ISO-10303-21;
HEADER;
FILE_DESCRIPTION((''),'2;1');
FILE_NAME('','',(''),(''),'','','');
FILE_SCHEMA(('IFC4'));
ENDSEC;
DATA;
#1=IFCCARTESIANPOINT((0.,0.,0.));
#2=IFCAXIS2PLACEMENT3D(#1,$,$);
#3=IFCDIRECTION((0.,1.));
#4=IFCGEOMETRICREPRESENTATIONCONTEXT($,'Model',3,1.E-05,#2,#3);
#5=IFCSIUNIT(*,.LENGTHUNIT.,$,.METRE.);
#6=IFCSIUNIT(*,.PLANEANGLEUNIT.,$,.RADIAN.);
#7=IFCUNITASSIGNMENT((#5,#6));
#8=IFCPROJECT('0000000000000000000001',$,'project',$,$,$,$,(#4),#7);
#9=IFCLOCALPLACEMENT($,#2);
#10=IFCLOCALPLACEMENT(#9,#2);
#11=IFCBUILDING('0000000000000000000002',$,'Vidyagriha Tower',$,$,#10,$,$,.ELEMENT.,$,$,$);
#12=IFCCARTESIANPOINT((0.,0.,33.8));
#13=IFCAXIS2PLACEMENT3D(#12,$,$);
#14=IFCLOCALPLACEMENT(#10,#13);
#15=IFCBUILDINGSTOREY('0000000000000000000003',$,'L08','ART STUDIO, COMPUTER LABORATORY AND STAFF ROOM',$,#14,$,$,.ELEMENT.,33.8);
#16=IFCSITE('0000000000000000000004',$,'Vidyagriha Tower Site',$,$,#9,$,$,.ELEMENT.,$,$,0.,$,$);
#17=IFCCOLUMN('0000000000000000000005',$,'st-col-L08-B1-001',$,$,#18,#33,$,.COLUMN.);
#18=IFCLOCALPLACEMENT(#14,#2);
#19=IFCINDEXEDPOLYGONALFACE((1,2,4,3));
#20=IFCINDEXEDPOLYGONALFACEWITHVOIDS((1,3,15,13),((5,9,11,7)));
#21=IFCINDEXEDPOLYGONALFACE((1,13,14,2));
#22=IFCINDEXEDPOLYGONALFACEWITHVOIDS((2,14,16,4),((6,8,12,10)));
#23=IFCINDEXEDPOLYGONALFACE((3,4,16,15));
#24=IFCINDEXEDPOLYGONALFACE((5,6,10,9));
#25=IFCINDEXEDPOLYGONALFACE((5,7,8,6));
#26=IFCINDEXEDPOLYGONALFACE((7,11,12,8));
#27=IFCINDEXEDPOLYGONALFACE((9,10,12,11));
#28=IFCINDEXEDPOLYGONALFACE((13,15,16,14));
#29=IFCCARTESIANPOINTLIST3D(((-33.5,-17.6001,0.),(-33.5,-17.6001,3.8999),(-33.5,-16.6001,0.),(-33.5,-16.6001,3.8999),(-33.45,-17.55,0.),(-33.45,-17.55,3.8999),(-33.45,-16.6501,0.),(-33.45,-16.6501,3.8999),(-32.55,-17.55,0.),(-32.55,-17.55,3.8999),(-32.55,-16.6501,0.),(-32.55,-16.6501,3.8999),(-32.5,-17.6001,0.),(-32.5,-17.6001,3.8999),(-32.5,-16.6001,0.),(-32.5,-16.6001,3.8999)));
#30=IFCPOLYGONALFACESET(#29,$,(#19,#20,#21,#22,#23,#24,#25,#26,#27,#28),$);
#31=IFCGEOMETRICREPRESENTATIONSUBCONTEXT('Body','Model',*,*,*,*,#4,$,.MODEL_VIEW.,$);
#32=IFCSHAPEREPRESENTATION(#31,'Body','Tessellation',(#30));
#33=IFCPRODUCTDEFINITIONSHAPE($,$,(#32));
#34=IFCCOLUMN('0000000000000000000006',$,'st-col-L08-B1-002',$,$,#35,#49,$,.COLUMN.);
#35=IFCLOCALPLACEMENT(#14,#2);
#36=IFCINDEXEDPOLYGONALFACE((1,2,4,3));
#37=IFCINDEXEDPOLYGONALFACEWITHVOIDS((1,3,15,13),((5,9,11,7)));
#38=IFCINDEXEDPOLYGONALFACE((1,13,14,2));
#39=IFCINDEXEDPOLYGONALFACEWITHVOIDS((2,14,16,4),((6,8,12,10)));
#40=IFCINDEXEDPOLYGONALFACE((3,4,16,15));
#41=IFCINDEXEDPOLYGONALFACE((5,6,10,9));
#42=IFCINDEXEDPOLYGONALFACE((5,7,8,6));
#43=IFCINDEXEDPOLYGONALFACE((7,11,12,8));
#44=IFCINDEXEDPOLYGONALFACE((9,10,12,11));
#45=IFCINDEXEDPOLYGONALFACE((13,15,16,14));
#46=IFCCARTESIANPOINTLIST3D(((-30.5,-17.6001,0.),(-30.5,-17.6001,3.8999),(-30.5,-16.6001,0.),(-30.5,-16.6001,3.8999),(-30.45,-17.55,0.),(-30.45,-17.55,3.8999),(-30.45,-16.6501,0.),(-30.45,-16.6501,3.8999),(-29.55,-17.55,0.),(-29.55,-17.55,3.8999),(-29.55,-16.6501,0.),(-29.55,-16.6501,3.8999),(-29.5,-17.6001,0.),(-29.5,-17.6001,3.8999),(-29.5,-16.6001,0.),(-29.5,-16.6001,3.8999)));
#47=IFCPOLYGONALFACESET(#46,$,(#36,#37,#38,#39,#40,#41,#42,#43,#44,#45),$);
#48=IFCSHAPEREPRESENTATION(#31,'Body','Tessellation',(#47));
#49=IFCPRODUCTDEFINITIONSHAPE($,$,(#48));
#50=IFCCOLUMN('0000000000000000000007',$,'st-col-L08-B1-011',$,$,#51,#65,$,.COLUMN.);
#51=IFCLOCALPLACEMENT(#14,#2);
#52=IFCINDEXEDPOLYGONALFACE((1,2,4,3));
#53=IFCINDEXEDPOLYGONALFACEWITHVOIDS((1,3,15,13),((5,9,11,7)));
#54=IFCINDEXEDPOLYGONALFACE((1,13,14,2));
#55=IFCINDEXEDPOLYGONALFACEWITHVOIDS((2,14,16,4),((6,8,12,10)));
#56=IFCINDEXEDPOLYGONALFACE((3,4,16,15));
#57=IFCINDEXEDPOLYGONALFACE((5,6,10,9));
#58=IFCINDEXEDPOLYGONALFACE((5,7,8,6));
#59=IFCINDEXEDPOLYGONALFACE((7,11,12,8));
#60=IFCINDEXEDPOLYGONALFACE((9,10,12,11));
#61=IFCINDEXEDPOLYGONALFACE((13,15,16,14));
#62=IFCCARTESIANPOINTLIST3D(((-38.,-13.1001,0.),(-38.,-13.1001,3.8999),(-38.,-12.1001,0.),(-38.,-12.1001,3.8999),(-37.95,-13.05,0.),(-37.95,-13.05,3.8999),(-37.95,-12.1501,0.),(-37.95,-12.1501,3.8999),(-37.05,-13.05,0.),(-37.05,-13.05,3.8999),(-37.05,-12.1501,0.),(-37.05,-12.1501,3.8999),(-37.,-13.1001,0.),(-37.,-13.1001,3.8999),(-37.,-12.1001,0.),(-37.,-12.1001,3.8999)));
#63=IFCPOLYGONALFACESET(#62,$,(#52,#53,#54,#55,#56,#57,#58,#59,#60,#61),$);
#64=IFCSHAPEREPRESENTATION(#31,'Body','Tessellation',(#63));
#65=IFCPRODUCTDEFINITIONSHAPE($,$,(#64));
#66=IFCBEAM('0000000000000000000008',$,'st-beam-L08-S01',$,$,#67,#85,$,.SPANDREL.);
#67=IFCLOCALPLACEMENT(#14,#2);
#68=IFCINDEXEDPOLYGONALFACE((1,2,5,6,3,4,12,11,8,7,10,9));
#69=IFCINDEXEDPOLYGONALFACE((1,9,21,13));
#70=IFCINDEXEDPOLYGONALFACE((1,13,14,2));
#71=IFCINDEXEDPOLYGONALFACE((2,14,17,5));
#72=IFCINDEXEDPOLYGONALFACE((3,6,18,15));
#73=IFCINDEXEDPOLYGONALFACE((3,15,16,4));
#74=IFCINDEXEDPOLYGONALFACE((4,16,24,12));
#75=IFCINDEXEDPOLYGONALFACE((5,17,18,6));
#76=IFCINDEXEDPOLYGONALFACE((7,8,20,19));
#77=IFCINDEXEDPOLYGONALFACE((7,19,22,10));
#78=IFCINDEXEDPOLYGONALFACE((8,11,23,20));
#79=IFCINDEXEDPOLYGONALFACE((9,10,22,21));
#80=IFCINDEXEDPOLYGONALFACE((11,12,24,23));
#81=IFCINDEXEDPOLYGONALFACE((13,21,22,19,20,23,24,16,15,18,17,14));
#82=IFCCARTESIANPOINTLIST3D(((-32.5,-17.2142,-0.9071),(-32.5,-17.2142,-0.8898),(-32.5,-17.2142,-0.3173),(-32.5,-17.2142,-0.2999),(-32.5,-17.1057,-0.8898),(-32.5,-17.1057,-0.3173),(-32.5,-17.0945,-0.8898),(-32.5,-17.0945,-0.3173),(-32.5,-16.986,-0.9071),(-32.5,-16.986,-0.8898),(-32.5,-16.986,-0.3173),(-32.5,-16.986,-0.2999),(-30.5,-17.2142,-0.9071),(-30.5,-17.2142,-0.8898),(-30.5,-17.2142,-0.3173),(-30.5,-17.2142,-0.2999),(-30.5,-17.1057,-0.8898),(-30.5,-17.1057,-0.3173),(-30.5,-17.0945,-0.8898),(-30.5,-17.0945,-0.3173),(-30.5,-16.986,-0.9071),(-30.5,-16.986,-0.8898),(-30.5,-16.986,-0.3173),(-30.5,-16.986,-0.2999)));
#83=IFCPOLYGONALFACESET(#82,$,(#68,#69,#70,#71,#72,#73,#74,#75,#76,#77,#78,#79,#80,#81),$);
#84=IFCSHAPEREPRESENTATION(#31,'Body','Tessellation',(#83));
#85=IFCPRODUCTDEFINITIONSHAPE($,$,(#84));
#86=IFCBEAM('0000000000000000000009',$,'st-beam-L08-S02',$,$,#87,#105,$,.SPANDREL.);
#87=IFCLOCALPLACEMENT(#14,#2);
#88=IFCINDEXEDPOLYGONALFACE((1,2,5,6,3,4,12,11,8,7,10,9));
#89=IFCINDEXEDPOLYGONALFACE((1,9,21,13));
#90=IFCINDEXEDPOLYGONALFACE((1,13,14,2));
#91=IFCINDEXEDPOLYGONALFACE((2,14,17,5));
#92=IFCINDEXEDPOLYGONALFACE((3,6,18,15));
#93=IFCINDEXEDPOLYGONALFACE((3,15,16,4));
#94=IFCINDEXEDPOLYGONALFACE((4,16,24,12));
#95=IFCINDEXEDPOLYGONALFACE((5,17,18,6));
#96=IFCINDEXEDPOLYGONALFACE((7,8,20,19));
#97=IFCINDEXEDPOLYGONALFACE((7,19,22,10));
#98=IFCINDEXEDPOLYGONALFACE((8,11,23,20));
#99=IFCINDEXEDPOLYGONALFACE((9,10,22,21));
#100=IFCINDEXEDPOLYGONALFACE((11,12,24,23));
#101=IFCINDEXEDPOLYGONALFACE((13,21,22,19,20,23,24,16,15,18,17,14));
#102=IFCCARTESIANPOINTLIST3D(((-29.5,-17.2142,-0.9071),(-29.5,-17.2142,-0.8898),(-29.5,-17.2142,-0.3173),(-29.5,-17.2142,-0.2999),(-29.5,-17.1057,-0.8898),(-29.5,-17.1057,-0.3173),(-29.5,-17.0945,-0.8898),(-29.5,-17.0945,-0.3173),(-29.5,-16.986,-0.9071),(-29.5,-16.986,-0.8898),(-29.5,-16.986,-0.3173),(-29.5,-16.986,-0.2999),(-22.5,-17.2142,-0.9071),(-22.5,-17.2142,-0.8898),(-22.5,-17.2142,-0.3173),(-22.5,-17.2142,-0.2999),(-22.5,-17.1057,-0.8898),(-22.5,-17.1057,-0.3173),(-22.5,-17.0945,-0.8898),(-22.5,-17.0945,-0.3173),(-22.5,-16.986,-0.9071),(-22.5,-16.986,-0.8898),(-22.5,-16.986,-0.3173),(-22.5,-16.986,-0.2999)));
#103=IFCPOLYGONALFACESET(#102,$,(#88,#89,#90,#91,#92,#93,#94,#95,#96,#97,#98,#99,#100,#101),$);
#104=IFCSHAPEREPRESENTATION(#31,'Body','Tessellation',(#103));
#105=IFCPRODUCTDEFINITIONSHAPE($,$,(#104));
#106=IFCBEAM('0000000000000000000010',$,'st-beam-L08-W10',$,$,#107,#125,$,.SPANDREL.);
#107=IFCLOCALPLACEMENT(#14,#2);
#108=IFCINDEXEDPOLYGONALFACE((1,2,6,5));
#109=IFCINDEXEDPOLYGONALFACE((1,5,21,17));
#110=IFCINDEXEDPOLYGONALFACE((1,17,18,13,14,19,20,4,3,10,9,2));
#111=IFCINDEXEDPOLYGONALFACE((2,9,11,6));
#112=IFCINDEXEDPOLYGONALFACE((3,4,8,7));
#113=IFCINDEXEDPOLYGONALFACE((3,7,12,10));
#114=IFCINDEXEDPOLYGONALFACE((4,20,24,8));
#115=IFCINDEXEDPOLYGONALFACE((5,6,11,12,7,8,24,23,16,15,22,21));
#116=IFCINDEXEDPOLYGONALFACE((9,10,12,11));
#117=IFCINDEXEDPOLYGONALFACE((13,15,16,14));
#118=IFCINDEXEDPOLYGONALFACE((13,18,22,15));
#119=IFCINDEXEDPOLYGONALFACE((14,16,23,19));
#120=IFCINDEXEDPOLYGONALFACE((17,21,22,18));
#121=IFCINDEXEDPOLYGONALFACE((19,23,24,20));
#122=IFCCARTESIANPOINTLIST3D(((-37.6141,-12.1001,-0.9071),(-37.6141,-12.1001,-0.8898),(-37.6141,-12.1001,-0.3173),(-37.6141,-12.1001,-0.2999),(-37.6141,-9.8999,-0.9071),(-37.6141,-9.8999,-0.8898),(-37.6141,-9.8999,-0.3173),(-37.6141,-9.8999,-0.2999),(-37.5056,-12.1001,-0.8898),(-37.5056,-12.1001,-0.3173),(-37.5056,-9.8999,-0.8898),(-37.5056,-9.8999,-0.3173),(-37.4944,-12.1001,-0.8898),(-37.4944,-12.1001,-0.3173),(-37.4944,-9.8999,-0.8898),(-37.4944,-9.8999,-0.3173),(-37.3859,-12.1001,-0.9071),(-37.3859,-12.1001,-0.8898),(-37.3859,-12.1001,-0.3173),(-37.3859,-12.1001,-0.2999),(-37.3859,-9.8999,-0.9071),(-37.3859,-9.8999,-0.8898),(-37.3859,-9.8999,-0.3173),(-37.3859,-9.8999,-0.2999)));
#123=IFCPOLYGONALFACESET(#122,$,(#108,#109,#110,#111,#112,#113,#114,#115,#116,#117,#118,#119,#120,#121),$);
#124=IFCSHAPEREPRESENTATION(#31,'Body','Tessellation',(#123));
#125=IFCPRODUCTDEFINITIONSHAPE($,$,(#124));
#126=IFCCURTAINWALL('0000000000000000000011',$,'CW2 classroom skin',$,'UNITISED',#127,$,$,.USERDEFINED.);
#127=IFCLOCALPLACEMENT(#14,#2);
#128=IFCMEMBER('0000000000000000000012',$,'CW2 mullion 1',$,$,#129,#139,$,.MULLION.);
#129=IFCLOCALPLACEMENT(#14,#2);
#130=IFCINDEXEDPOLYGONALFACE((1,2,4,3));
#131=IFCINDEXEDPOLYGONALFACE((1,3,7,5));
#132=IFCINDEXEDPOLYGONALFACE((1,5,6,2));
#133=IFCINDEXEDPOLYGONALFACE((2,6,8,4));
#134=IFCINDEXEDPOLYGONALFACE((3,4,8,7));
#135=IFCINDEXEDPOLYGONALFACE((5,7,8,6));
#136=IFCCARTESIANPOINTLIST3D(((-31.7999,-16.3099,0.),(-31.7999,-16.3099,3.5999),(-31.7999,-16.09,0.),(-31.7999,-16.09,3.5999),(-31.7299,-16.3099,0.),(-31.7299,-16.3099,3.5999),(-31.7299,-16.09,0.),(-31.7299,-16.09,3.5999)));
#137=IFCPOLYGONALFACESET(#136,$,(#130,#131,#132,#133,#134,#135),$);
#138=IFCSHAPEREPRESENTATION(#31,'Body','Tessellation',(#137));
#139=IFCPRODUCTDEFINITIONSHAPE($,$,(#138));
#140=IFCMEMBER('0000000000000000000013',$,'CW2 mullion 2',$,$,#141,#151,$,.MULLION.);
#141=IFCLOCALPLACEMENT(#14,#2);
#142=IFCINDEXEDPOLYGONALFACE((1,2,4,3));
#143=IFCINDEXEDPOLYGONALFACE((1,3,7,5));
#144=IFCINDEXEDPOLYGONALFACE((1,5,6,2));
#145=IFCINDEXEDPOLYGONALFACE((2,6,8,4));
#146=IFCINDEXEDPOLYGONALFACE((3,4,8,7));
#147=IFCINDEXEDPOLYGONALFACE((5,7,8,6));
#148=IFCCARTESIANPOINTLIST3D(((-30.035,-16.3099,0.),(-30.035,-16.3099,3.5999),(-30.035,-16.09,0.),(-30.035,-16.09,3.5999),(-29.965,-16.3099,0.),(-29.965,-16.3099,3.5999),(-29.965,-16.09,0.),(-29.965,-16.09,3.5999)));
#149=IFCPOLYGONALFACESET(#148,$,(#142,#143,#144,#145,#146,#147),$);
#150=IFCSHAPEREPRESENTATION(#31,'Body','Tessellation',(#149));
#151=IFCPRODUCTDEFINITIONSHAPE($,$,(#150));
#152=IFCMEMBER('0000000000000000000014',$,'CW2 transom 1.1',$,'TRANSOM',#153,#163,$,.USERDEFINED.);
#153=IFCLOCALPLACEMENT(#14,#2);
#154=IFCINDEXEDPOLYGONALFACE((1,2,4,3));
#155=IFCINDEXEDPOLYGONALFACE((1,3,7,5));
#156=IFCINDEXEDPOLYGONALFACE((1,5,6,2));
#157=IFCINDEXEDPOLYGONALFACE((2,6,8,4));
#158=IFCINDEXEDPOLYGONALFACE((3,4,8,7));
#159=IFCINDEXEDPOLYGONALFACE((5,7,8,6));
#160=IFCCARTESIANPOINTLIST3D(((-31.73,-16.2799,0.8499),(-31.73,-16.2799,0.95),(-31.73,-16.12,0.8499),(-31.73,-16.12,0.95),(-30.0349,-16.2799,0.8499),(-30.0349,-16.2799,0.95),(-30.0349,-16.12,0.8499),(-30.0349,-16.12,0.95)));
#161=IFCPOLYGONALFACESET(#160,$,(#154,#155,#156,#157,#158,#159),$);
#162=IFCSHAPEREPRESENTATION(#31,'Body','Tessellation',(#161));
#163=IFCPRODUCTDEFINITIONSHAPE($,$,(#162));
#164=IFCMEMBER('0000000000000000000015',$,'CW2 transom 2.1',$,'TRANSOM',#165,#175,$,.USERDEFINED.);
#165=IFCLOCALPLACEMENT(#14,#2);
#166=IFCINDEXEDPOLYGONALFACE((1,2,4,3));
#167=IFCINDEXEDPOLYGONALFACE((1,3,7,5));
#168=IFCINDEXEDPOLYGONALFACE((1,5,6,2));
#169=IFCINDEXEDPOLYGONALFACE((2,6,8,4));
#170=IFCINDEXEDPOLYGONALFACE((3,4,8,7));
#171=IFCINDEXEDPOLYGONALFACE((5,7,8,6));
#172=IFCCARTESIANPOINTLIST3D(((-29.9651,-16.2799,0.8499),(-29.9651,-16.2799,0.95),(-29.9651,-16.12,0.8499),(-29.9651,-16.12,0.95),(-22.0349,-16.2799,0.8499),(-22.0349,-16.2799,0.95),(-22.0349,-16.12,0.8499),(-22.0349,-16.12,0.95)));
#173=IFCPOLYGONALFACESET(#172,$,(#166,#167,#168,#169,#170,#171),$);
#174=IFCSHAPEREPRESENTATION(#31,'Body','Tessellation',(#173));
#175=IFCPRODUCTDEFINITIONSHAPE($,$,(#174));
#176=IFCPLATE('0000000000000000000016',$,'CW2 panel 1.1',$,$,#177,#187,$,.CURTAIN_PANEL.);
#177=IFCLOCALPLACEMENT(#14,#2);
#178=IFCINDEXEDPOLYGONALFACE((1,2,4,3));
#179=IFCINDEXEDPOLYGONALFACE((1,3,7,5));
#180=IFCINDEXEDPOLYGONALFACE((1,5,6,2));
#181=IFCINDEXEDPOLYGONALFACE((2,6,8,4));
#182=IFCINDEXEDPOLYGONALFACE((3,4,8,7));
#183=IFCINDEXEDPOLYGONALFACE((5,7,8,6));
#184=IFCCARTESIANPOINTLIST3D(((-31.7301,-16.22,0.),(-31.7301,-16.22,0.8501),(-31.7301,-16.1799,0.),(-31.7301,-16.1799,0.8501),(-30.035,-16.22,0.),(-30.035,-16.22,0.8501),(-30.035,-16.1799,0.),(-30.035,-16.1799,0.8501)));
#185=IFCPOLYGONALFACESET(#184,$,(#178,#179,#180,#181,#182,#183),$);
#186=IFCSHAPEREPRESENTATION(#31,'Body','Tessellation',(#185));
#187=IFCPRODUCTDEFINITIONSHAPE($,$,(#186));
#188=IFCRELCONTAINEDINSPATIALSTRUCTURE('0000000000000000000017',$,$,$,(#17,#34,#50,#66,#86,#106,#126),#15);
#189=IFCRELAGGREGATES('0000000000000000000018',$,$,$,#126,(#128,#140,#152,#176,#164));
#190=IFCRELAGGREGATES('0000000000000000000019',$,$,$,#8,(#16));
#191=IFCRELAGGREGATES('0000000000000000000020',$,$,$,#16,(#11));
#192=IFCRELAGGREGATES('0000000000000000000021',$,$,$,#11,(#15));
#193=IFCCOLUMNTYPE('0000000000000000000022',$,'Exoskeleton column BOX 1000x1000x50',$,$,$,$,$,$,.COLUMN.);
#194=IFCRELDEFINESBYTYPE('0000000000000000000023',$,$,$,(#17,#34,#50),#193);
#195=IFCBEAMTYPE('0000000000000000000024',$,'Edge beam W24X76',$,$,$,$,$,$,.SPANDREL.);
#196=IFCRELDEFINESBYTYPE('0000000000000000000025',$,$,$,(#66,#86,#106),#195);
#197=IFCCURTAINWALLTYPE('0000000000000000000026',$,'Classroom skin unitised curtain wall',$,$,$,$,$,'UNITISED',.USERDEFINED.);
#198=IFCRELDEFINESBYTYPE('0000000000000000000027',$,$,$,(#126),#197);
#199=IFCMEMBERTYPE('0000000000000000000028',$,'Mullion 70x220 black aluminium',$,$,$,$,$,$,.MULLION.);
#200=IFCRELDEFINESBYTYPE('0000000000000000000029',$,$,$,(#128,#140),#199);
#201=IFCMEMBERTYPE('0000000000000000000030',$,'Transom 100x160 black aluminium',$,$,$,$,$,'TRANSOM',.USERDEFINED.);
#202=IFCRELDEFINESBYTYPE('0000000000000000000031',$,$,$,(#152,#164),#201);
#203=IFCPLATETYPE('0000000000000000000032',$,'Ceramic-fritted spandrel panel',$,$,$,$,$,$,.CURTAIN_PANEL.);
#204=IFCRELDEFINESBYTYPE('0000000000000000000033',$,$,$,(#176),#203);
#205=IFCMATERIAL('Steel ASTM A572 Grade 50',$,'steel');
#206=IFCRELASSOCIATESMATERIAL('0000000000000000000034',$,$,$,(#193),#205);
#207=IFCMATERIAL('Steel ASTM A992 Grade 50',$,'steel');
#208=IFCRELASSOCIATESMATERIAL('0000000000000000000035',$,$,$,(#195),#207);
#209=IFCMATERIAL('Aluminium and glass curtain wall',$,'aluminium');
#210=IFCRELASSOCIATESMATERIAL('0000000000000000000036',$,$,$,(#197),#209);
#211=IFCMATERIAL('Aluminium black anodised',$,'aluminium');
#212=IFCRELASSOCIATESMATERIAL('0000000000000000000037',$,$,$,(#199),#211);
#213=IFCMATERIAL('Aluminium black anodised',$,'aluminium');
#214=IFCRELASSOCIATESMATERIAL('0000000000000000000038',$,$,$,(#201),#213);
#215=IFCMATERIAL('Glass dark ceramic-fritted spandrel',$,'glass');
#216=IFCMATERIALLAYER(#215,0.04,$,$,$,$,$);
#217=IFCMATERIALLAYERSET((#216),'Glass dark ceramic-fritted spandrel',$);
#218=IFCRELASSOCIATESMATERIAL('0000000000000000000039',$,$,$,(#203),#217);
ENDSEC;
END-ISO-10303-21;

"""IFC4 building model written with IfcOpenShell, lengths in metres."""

from ifc_helpers import new_model, si_unit, direction, frame, origin, origin_2d, place, context, subcontext, project, spatial, rectangle, hollow_rectangle, i_section, extrude, material, layer, layer_set, material_profile, profile_set, type_object, element, aggregate, save


model = new_model("IFC4")

# Units and contexts
model_context = context("Model", 3, precision=1e-05, world=origin(), true_north=direction((0.0, 1.0)))
body_context = subcontext(model_context, "Body", "Model", "MODEL_VIEW")
ifc_project = project(units=[si_unit("LENGTHUNIT", "METRE"), si_unit("PLANEANGLEUNIT", "RADIAN")], contexts=[model_context])

# Site, building, storey
site_placement = place(None, origin())
site = spatial("IfcSite", under=ifc_project, at=site_placement, Name="Vidyagriha Tower Site", CompositionType="ELEMENT", RefElevation=0.0)
building_placement = place(site_placement, origin())
building = spatial("IfcBuilding", under=site, at=building_placement, Name="Vidyagriha Tower", CompositionType="ELEMENT")
storey_placement = place(building_placement, frame((0.0, 0.0, 33.8)))
storey = spatial("IfcBuildingStorey", under=building, at=storey_placement, Name="L08", Description="ART STUDIO, COMPUTER LABORATORY AND STAFF ROOM", CompositionType="ELEMENT", Elevation=33.8)

# Columns
ifc_material_1 = material(Name="Steel ASTM A572 Grade 50", Category="steel")
ifc_material_profile_1 = material_profile(ifc_material_1, hollow_rectangle(XDim=1.0, YDim=1.0, WallThickness=0.05, at=origin_2d()), Name="BOX 1000x1000x50")
ifc_profile_set_1 = profile_set([ifc_material_profile_1], Name="Steel ASTM A572 Grade 50")
column_type = type_object("IfcColumnType", Name="Exoskeleton column BOX 1000x1000x50", PredefinedType="COLUMN", material=ifc_profile_set_1)
for number, where, name in (
    (1, (-33.0, -17.1001, 0.0), "st-col-L08-B1-001"),
    (2, (-30.0, -17.1001, 0.0), "st-col-L08-B1-002"),
    (3, (-37.5, -12.6001, 0.0), "st-col-L08-B1-011"),
):
    element("IfcColumn", number, at=place(storey_placement, frame(where)), inside=storey, type_object=column_type, Name=name, PredefinedType="COLUMN", context=body_context, shape_type="SweptSolid", body=[
        extrude(hollow_rectangle(XDim=1.0, YDim=1.0, WallThickness=0.05, at=origin_2d()), origin(), (0.0, 0.0, 1.0), 3.8999),
    ])

# Beams
ifc_material_2 = material(Name="Steel ASTM A992 Grade 50", Category="steel")
ifc_material_profile_2 = material_profile(ifc_material_2, i_section(OverallWidth=0.2283, OverallDepth=0.6072, WebThickness=0.0112, FlangeThickness=0.0173, at=origin_2d()), Name="W24X76")
ifc_profile_set_2 = profile_set([ifc_material_profile_2], Name="Steel ASTM A992 Grade 50")
beam_type = type_object("IfcBeamType", Name="Edge beam W24X76", PredefinedType="SPANDREL", material=ifc_profile_set_2)
beam_1_placement = place(storey_placement, frame((-32.5, -17.1001, -0.6035), z_axis=(1.0, 0.0, 0.0), x_axis=(0.0, 1.0, 0.0)))
element("IfcBeam", 4, at=beam_1_placement, inside=storey, type_object=beam_type, Name="st-beam-L08-S01", PredefinedType="SPANDREL", context=body_context, shape_type="SweptSolid", body=[
    extrude(i_section(OverallWidth=0.2283, OverallDepth=0.6072, WebThickness=0.0112, FlangeThickness=0.0173, at=origin_2d()), origin(), (0.0, 0.0, 1.0), 2.0),
])
beam_2_placement = place(storey_placement, frame((-29.5, -17.1001, -0.6035), z_axis=(1.0, 0.0, 0.0), x_axis=(0.0, 1.0, 0.0)))
element("IfcBeam", 5, at=beam_2_placement, inside=storey, type_object=beam_type, Name="st-beam-L08-S02", PredefinedType="SPANDREL", context=body_context, shape_type="SweptSolid", body=[
    extrude(i_section(OverallWidth=0.2283, OverallDepth=0.6072, WebThickness=0.0112, FlangeThickness=0.0173, at=origin_2d()), origin(), (0.0, 0.0, 1.0), 7.0),
])
beam_3_placement = place(storey_placement, frame((-37.5, -12.1001, -0.6035), z_axis=(0.0, 1.0, 0.0), x_axis=(-1.0, 0.0, 0.0)))
element("IfcBeam", 6, at=beam_3_placement, inside=storey, type_object=beam_type, Name="st-beam-L08-W10", PredefinedType="SPANDREL", context=body_context, shape_type="SweptSolid", body=[
    extrude(i_section(OverallWidth=0.2283, OverallDepth=0.6072, WebThickness=0.0112, FlangeThickness=0.0173, at=origin_2d()), origin(), (0.0, 0.0, 1.0), 2.2002),
])

# Curtain wall, members, plate
ifc_material_3 = material(Name="Aluminium and glass curtain wall", Category="aluminium")
curtain_wall_type = type_object("IfcCurtainWallType", Name="Classroom skin unitised curtain wall", ElementType="UNITISED", PredefinedType="USERDEFINED", material=ifc_material_3)
curtain_wall_placement = place(storey_placement, origin())
curtain_wall = element("IfcCurtainWall", 7, at=curtain_wall_placement, inside=storey, type_object=curtain_wall_type, Name="CW2 classroom skin", ObjectType="UNITISED", PredefinedType="USERDEFINED")
ifc_material_4 = material(Name="Aluminium black anodised", Category="aluminium")
ifc_material_profile_3 = material_profile(ifc_material_4, rectangle(XDim=0.22, YDim=0.0701, at=origin_2d()), Name="Mullion 70x220 black aluminium")
ifc_profile_set_3 = profile_set([ifc_material_profile_3], Name="Aluminium black anodised")
member_type_1 = type_object("IfcMemberType", Name="Mullion 70x220 black aluminium", PredefinedType="MULLION", material=ifc_profile_set_3)
member_1_placement = place(storey_placement, frame((-31.7649, -16.2, 0.0), z_axis=(0.0, 0.0, 1.0), x_axis=(0.0, 1.0, 0.0)))
member_1 = element("IfcMember", 8, at=member_1_placement, type_object=member_type_1, Name="CW2 mullion 1", PredefinedType="MULLION", context=body_context, shape_type="SweptSolid", body=[
    extrude(rectangle(XDim=0.22, YDim=0.0701, at=origin_2d()), origin(), (0.0, 0.0, 1.0), 3.5999),
])
member_2_placement = place(storey_placement, frame((-30.0, -16.2, 0.0), z_axis=(0.0, 0.0, 1.0), x_axis=(0.0, 1.0, 0.0)))
member_2 = element("IfcMember", 9, at=member_2_placement, type_object=member_type_1, Name="CW2 mullion 2", PredefinedType="MULLION", context=body_context, shape_type="SweptSolid", body=[
    extrude(rectangle(XDim=0.22, YDim=0.0701, at=origin_2d()), origin(), (0.0, 0.0, 1.0), 3.5999),
])
ifc_material_5 = material(Name="Aluminium black anodised", Category="aluminium")
ifc_material_profile_4 = material_profile(ifc_material_5, rectangle(XDim=0.1599, YDim=0.1001, at=origin_2d()), Name="Transom 100x160 black aluminium")
ifc_profile_set_4 = profile_set([ifc_material_profile_4], Name="Aluminium black anodised")
member_type_2 = type_object("IfcMemberType", Name="Transom 100x160 black aluminium", ElementType="TRANSOM", PredefinedType="USERDEFINED", material=ifc_profile_set_4)
member_3_placement = place(storey_placement, frame((-31.73, -16.2, 0.8999), z_axis=(1.0, 0.0, 0.0), x_axis=(0.0, 1.0, 0.0)))
member_3 = element("IfcMember", 10, at=member_3_placement, type_object=member_type_2, Name="CW2 transom 1.1", ObjectType="TRANSOM", PredefinedType="USERDEFINED", context=body_context, shape_type="SweptSolid", body=[
    extrude(rectangle(XDim=0.1599, YDim=0.1001, at=origin_2d()), origin(), (0.0, 0.0, 1.0), 1.6951),
])
member_4_placement = place(storey_placement, frame((-29.9651, -16.2, 0.8999), z_axis=(1.0, 0.0, 0.0), x_axis=(0.0, 1.0, 0.0)))
member_4 = element("IfcMember", 11, at=member_4_placement, type_object=member_type_2, Name="CW2 transom 2.1", ObjectType="TRANSOM", PredefinedType="USERDEFINED", context=body_context, shape_type="SweptSolid", body=[
    extrude(rectangle(XDim=0.1599, YDim=0.1001, at=origin_2d()), origin(), (0.0, 0.0, 1.0), 7.9302),
])
ifc_material_6 = material(Name="Glass dark ceramic-fritted spandrel", Category="glass")
ifc_layer_1 = layer(ifc_material_6, 0.04)
ifc_layer_set_1 = layer_set([ifc_layer_1], Name="Glass dark ceramic-fritted spandrel")
plate_type_1 = type_object("IfcPlateType", Name="Ceramic-fritted spandrel panel", PredefinedType="CURTAIN_PANEL", material=ifc_layer_set_1)
plate_1_placement = place(storey_placement, frame((-30.8826, -16.2, 0.0)))
plate_1 = element("IfcPlate", 12, at=plate_1_placement, type_object=plate_type_1, Name="CW2 panel 1.1", PredefinedType="CURTAIN_PANEL", context=body_context, shape_type="SweptSolid", body=[
    extrude(rectangle(XDim=1.6951, YDim=0.04, at=origin_2d()), origin(), (0.0, 0.0, 1.0), 0.8501),
])
aggregate(curtain_wall, [member_1, member_2, member_3, plate_1, member_4])

save(model, "model.ifc")
